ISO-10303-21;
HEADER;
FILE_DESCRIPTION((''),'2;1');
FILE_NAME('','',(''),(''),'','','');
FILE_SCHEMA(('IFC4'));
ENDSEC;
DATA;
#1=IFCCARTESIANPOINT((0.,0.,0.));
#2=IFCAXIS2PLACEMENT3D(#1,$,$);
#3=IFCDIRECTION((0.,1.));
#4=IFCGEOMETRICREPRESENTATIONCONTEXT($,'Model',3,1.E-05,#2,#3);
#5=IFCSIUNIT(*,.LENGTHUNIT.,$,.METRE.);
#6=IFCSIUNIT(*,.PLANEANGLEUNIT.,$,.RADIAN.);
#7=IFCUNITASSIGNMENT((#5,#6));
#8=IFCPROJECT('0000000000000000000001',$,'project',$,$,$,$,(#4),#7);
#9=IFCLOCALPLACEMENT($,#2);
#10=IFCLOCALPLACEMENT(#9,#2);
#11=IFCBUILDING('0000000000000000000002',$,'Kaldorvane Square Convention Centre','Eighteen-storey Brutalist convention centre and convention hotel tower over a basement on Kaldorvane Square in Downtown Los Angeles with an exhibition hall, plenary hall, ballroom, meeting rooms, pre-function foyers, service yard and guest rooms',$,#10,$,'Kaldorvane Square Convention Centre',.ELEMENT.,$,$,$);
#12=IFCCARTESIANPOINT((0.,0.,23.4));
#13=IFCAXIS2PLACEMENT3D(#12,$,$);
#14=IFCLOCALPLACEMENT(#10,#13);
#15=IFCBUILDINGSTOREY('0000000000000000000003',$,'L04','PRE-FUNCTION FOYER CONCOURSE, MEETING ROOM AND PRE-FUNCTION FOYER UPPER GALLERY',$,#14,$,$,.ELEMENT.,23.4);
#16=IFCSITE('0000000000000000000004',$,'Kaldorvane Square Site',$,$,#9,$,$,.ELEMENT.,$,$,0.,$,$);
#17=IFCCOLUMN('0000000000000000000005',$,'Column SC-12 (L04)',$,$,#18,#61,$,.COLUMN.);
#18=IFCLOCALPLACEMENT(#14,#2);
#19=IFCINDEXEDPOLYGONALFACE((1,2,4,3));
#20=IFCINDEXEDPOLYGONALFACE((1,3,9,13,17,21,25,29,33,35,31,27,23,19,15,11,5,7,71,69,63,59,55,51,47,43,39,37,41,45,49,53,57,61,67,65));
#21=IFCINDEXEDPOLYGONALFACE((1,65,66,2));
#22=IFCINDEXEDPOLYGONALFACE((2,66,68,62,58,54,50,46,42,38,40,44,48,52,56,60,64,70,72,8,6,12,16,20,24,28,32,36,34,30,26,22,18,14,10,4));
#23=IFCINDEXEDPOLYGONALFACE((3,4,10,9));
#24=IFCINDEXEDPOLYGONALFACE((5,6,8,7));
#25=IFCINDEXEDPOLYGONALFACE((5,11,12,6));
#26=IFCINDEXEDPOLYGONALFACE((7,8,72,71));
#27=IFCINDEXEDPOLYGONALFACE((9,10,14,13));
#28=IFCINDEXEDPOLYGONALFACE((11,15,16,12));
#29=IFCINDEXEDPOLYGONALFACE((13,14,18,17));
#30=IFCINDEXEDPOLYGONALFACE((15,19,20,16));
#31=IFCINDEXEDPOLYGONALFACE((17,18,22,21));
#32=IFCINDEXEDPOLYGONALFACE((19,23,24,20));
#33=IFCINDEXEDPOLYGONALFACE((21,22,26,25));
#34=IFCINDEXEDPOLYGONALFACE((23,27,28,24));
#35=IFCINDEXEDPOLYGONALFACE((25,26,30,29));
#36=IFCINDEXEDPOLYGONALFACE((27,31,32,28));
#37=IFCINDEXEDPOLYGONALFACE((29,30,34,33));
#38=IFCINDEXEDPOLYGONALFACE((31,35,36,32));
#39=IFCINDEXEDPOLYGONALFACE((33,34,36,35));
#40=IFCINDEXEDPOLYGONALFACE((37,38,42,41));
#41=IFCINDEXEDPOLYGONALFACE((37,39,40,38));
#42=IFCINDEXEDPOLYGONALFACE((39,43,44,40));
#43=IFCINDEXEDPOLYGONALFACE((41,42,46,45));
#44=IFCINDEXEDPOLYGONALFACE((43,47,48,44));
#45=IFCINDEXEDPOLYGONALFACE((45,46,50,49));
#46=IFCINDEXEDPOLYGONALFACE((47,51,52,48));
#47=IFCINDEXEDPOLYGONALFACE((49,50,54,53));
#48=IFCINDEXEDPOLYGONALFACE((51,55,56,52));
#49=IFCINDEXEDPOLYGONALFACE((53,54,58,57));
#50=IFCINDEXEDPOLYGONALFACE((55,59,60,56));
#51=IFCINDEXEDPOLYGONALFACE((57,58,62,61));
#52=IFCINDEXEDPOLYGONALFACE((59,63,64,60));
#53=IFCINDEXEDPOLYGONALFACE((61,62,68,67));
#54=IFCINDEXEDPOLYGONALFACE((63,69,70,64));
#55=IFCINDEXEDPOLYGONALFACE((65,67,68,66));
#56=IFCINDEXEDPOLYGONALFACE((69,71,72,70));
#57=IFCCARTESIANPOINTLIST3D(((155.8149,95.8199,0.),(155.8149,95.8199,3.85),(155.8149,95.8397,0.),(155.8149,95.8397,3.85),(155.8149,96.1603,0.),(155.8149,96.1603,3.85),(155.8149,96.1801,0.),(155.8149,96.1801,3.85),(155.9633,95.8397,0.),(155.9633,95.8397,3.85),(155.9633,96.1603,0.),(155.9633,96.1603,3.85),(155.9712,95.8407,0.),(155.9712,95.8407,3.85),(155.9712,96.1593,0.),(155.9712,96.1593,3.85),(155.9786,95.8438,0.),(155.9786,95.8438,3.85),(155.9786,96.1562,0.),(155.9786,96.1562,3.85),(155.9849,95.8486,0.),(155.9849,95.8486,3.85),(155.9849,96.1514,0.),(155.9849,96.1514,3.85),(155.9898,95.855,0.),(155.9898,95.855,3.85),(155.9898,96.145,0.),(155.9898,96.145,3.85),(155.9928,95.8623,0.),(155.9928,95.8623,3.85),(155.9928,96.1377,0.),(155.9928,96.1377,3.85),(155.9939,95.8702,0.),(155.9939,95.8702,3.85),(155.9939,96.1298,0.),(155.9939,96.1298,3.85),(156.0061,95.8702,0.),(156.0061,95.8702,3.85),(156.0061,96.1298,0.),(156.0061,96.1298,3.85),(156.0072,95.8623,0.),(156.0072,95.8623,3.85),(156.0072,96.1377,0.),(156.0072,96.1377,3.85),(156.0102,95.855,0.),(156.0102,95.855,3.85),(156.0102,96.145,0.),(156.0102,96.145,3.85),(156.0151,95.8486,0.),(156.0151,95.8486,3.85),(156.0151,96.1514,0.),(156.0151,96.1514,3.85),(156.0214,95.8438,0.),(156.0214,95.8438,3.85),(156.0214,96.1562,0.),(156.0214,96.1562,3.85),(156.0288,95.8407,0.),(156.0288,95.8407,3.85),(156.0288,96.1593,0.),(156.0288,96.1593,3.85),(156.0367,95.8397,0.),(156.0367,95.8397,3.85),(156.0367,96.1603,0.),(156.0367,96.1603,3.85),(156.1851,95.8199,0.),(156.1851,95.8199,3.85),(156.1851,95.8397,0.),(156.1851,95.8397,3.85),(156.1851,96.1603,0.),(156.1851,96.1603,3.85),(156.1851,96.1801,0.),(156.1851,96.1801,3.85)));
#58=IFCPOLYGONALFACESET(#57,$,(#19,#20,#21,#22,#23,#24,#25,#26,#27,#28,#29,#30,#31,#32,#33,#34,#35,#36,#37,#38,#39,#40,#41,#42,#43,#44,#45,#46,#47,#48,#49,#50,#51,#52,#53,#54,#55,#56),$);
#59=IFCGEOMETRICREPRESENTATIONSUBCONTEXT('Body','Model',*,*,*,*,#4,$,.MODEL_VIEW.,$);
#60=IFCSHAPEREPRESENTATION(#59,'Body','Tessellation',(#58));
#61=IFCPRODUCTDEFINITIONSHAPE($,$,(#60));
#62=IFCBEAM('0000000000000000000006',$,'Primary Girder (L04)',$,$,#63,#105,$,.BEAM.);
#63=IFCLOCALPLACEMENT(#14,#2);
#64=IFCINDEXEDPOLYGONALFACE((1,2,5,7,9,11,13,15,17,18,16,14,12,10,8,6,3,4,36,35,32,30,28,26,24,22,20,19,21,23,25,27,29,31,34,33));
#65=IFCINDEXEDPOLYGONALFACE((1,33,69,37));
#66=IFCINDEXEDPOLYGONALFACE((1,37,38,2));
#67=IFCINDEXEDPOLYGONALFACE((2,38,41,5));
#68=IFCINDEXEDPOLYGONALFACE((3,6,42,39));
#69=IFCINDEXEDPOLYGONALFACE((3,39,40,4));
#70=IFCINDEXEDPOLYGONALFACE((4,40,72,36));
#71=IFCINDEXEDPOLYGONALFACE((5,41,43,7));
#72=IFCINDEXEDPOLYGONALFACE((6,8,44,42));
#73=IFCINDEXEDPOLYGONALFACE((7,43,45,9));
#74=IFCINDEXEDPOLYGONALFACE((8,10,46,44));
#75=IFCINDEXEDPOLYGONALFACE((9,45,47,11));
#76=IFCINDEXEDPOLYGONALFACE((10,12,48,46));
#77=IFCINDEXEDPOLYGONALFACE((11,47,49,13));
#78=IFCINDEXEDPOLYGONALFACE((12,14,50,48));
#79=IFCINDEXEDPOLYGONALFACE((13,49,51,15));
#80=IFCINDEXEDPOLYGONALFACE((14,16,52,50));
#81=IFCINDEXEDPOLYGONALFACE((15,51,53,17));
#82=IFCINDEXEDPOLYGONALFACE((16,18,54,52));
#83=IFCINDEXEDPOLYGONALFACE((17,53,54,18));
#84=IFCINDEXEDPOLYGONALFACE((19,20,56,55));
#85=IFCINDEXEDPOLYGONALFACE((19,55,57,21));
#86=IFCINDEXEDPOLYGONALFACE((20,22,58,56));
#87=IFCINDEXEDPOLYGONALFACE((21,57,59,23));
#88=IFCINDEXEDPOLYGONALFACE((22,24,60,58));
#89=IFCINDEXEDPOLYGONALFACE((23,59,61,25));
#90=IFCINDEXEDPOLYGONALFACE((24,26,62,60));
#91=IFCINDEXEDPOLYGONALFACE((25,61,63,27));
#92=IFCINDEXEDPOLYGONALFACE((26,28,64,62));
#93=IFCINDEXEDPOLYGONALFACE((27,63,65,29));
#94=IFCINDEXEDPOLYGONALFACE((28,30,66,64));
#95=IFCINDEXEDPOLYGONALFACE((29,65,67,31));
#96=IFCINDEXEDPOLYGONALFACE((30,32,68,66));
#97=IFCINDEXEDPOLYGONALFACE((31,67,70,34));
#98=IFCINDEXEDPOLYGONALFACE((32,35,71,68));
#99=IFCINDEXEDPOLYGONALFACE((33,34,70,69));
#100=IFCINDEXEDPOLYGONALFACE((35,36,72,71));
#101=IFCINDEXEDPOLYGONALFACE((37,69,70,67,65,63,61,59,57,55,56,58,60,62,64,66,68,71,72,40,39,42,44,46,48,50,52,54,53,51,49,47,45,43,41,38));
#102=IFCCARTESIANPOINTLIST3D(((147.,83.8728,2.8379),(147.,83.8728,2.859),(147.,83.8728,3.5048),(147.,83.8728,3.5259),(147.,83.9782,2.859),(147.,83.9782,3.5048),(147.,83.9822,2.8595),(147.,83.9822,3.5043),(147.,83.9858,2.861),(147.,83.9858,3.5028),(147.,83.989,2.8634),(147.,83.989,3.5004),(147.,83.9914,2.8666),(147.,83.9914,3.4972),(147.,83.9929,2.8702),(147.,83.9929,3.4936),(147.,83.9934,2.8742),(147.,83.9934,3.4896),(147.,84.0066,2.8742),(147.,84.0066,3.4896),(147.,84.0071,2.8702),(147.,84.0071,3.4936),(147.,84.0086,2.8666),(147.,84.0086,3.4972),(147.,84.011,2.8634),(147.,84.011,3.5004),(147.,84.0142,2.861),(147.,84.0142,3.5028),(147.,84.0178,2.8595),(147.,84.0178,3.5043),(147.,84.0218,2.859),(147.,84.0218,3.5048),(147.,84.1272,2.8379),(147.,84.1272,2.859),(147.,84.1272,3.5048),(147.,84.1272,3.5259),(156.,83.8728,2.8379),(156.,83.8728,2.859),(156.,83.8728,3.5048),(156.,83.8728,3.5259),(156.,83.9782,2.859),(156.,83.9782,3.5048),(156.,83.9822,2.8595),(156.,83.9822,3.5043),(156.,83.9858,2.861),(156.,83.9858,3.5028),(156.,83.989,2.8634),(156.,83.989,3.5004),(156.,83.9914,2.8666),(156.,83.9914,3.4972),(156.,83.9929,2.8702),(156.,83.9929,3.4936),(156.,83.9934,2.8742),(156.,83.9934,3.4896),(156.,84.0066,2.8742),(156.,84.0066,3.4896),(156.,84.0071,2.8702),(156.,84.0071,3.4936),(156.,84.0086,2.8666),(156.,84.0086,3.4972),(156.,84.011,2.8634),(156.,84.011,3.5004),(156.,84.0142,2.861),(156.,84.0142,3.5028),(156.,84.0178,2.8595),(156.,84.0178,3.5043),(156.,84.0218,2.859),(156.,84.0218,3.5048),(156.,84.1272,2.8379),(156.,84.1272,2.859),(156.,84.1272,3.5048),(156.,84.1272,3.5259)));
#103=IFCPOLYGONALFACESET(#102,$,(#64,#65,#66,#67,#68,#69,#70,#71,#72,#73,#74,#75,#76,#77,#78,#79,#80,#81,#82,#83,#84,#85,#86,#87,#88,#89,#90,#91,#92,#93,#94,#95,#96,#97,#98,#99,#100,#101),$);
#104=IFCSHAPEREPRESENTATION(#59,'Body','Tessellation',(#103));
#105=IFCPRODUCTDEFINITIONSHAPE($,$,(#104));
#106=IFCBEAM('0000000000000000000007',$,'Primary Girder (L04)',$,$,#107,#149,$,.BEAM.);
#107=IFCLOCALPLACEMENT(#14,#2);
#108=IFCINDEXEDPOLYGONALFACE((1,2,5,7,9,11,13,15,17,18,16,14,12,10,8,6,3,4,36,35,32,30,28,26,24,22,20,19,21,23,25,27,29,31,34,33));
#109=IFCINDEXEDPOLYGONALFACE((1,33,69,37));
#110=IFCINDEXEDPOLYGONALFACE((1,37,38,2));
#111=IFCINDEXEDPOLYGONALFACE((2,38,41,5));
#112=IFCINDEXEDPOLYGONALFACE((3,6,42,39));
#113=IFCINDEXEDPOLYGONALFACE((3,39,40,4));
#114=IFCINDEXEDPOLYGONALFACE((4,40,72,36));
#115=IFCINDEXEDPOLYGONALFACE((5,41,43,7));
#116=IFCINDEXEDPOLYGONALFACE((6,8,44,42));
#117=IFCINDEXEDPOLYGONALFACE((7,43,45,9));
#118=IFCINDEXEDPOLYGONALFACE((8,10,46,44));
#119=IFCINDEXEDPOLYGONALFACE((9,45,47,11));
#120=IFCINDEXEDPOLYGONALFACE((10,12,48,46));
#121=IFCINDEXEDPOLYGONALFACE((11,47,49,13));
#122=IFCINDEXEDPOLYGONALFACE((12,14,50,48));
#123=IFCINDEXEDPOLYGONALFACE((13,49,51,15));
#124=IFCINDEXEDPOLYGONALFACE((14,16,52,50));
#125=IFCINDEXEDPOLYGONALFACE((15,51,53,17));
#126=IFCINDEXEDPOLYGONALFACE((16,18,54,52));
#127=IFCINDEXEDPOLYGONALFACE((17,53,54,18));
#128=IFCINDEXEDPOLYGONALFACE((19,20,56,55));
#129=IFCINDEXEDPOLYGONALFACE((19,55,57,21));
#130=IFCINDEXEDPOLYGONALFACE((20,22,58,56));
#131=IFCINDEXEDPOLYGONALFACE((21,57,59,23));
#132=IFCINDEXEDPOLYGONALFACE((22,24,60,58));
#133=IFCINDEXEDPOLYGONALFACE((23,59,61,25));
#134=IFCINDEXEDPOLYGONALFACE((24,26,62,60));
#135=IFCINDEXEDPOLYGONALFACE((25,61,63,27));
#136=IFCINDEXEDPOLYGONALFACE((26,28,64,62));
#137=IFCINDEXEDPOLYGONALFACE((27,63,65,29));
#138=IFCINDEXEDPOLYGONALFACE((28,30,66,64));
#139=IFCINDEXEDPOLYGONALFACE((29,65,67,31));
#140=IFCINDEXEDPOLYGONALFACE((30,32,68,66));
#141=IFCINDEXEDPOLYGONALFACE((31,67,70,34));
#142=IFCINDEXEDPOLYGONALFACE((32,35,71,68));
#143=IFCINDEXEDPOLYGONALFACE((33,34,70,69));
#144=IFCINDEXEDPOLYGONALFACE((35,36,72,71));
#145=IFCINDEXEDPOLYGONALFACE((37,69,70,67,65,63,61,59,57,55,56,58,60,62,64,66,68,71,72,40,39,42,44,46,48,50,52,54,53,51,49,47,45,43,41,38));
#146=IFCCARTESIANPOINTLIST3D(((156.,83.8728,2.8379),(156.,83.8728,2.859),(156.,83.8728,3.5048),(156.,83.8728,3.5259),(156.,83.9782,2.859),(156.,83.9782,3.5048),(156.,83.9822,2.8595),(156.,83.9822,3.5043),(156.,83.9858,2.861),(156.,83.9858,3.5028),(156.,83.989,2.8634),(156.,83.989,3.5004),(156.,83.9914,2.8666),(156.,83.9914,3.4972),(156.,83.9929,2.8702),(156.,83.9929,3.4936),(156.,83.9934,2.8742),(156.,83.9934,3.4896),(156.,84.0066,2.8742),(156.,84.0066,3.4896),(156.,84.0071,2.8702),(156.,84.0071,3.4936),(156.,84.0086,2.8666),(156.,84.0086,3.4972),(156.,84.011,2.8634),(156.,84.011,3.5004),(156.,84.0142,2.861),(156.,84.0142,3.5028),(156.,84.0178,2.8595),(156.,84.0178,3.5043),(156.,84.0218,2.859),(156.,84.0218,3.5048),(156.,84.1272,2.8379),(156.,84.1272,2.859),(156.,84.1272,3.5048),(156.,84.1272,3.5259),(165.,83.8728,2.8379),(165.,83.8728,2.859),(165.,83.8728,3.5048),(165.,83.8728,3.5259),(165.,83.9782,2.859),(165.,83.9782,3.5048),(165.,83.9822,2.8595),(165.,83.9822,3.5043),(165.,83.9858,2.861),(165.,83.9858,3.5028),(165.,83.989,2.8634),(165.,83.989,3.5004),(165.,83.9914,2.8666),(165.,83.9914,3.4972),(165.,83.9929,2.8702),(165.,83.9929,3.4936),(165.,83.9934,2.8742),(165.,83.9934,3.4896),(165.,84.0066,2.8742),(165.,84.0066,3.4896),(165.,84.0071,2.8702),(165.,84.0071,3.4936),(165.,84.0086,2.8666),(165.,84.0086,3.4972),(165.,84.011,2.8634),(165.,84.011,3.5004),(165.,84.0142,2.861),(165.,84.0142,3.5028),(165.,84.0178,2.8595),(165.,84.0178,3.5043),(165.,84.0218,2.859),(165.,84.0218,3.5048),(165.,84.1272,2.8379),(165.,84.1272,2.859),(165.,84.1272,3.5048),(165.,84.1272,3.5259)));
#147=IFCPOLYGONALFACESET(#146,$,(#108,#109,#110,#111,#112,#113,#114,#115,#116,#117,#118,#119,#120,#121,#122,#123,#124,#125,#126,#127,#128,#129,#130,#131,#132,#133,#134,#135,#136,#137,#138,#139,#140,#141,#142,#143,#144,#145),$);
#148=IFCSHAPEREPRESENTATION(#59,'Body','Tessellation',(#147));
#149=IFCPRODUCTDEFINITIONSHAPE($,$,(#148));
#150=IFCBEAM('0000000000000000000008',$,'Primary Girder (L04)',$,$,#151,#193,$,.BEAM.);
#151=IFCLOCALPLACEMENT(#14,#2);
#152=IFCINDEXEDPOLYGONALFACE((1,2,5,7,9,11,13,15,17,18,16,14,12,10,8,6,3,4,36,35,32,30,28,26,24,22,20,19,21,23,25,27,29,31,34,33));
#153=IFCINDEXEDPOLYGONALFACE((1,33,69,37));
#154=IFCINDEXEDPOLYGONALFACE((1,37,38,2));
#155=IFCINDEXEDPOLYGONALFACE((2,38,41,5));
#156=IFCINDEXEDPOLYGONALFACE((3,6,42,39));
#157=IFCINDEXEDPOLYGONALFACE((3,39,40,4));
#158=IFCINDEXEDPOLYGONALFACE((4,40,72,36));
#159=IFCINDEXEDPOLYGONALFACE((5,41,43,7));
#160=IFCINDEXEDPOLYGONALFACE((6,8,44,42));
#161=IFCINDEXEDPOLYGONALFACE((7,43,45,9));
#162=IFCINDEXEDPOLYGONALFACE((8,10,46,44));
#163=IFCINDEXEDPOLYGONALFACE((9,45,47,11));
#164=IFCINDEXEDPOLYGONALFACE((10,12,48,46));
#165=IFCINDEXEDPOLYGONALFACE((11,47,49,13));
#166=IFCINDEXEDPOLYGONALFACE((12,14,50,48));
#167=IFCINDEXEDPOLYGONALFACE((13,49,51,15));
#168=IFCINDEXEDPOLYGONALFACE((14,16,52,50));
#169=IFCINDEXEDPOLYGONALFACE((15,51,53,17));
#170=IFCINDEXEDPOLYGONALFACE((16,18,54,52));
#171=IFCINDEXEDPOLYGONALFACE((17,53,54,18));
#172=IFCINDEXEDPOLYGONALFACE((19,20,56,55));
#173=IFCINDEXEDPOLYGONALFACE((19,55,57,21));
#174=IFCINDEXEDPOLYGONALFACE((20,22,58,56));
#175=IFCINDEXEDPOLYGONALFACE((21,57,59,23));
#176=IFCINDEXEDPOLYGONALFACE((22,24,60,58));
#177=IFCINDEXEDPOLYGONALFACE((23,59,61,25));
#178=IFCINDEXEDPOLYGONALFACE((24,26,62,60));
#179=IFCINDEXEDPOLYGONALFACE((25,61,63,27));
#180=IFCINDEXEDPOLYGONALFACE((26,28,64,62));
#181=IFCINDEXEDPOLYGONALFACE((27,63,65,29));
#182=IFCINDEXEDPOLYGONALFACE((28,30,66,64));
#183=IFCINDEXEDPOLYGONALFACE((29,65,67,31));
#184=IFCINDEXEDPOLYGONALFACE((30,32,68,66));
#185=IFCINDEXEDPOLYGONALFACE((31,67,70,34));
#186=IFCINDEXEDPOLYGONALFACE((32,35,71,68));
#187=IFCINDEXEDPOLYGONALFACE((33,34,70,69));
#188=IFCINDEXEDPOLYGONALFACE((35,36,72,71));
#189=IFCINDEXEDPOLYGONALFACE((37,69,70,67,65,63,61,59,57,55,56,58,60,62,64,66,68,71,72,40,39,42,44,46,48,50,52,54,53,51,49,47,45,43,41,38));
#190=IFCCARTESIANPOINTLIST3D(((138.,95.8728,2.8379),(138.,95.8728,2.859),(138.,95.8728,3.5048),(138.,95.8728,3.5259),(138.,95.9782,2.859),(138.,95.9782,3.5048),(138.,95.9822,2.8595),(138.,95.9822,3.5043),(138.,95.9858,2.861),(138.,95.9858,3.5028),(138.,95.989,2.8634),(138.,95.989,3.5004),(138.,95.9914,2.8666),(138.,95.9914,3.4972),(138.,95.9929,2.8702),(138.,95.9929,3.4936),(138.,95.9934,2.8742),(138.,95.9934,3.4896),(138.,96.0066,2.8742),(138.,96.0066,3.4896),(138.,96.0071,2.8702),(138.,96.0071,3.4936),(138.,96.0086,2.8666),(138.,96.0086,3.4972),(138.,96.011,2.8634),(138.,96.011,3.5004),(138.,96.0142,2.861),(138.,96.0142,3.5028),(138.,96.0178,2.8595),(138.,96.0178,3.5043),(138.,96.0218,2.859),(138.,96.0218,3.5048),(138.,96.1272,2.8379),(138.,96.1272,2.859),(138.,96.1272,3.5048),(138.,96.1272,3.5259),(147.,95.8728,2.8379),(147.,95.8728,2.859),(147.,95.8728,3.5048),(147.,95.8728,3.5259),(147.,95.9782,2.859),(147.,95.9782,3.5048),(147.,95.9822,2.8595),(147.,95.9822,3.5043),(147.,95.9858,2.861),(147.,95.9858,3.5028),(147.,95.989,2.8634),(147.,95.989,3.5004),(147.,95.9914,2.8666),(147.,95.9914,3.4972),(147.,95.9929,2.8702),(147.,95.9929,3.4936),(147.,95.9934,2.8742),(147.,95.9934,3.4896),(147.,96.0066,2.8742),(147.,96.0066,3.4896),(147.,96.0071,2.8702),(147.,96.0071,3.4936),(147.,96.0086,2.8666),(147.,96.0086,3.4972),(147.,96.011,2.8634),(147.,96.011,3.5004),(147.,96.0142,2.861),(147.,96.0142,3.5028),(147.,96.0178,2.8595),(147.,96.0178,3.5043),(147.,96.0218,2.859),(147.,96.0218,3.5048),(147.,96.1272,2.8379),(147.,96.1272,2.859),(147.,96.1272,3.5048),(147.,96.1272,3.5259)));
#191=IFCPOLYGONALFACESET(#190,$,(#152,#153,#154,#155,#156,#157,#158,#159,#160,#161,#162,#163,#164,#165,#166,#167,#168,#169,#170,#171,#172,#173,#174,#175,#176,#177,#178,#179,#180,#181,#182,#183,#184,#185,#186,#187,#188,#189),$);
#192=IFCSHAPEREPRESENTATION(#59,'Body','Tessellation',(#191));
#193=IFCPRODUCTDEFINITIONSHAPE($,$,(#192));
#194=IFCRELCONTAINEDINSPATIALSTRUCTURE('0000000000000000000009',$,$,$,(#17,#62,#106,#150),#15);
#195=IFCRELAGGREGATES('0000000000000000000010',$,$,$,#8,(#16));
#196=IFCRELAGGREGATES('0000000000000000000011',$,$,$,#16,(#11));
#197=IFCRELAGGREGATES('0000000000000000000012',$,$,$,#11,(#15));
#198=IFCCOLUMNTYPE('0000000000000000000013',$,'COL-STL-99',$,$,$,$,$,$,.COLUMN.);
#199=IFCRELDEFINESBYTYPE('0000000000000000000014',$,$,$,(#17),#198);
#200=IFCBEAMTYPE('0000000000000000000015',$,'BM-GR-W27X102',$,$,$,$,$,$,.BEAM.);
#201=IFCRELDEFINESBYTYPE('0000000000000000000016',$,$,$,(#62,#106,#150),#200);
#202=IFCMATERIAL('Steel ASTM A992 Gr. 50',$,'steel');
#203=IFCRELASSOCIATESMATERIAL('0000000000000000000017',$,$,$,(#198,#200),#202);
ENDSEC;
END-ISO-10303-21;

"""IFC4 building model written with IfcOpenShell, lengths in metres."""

from ifc_helpers import new_model, si_unit, direction, frame, origin, origin_2d, place, context, subcontext, project, spatial, i_section, extrude, material, material_profile, profile_set, type_object, element, save


model = new_model("IFC4")

# Units and contexts
model_context = context("Model", 3, precision=1e-05, world=origin(), true_north=direction((0.0, 1.0)))
body_context = subcontext(model_context, "Body", "Model", "MODEL_VIEW")
ifc_project = project(units=[si_unit("LENGTHUNIT", "METRE"), si_unit("PLANEANGLEUNIT", "RADIAN")], contexts=[model_context])

# Site, building, storey
site_placement = place(None, origin())
site = spatial("IfcSite", under=ifc_project, at=site_placement, Name="Kaldorvane Square Site", CompositionType="ELEMENT", RefElevation=0.0)
building_placement = place(site_placement, origin())
building = spatial("IfcBuilding", under=site, at=building_placement, Name="Kaldorvane Square Convention Centre", Description="Eighteen-storey Brutalist convention centre and convention hotel tower over a basement on Kaldorvane Square in Downtown Los Angeles with an exhibition hall, plenary hall, ballroom, meeting rooms, pre-function foyers, service yard and guest rooms", LongName="Kaldorvane Square Convention Centre", CompositionType="ELEMENT")
storey_placement = place(building_placement, frame((0.0, 0.0, 23.4)))
storey = spatial("IfcBuildingStorey", under=building, at=storey_placement, Name="L04", Description="PRE-FUNCTION FOYER CONCOURSE, MEETING ROOM AND PRE-FUNCTION FOYER UPPER GALLERY", CompositionType="ELEMENT", Elevation=23.4)

# Column
ifc_material_1 = material(Name="Steel ASTM A992 Gr. 50", Category="steel")
ifc_material_profile_1 = material_profile(ifc_material_1, i_section(OverallWidth=0.3701, OverallDepth=0.3602, WebThickness=0.0123, FlangeThickness=0.0198, FilletRadius=0.0305, at=origin_2d()), Name="W14X99")
ifc_profile_set_1 = profile_set([ifc_material_profile_1], Name="Steel ASTM A992 Gr. 50")
column_type = type_object("IfcColumnType", Name="COL-STL-99", PredefinedType="COLUMN", material=ifc_profile_set_1)
for number, where, z_axis, x_axis, name in (
    (1, (156.0, 96.0, 0.0), (0.0, 0.0, 1.0), (1.0, 0.0, 0.0), "Column SC-12 (L04)"),
):
    element("IfcColumn", number, at=place(storey_placement, frame(where, z_axis=z_axis, x_axis=x_axis)), inside=storey, type_object=column_type, Name=name, PredefinedType="COLUMN", context=body_context, shape_type="SweptSolid", body=[
        extrude(i_section(OverallWidth=0.3701, OverallDepth=0.3602, WebThickness=0.0123, FlangeThickness=0.0198, FilletRadius=0.0305, at=origin_2d()), origin(), (0.0, 0.0, 1.0), 3.85),
    ])

# Beams
ifc_material_profile_2 = material_profile(ifc_material_1, i_section(OverallWidth=0.2544, OverallDepth=0.6881, WebThickness=0.0131, FlangeThickness=0.0211, FilletRadius=0.0152, at=origin_2d()), Name="W27X102")
ifc_profile_set_2 = profile_set([ifc_material_profile_2], Name="Steel ASTM A992 Gr. 50")
beam_type_1 = type_object("IfcBeamType", Name="BM-GR-W27X102", PredefinedType="BEAM", material=ifc_profile_set_2)
for number, where, z_axis, x_axis, name in (
    (2, (147.0, 84.0, 3.1819), (1.0, 0.0, 0.0), (0.0, 1.0, 0.0), "Primary Girder (L04)"),
    (3, (156.0, 84.0, 3.1819), (1.0, 0.0, 0.0), (0.0, 1.0, 0.0), "Primary Girder (L04)"),
    (4, (138.0, 96.0, 3.1819), (1.0, 0.0, 0.0), (0.0, 1.0, 0.0), "Primary Girder (L04)"),
):
    element("IfcBeam", number, at=place(storey_placement, frame(where, z_axis=z_axis, x_axis=x_axis)), inside=storey, type_object=beam_type_1, Name=name, PredefinedType="BEAM", context=body_context, shape_type="SweptSolid", body=[
        extrude(i_section(OverallWidth=0.2544, OverallDepth=0.6881, WebThickness=0.0131, FlangeThickness=0.0211, FilletRadius=0.0152, at=origin_2d()), origin(), (0.0, 0.0, 1.0), 9.0),
    ])

save(model, "model.ifc")
